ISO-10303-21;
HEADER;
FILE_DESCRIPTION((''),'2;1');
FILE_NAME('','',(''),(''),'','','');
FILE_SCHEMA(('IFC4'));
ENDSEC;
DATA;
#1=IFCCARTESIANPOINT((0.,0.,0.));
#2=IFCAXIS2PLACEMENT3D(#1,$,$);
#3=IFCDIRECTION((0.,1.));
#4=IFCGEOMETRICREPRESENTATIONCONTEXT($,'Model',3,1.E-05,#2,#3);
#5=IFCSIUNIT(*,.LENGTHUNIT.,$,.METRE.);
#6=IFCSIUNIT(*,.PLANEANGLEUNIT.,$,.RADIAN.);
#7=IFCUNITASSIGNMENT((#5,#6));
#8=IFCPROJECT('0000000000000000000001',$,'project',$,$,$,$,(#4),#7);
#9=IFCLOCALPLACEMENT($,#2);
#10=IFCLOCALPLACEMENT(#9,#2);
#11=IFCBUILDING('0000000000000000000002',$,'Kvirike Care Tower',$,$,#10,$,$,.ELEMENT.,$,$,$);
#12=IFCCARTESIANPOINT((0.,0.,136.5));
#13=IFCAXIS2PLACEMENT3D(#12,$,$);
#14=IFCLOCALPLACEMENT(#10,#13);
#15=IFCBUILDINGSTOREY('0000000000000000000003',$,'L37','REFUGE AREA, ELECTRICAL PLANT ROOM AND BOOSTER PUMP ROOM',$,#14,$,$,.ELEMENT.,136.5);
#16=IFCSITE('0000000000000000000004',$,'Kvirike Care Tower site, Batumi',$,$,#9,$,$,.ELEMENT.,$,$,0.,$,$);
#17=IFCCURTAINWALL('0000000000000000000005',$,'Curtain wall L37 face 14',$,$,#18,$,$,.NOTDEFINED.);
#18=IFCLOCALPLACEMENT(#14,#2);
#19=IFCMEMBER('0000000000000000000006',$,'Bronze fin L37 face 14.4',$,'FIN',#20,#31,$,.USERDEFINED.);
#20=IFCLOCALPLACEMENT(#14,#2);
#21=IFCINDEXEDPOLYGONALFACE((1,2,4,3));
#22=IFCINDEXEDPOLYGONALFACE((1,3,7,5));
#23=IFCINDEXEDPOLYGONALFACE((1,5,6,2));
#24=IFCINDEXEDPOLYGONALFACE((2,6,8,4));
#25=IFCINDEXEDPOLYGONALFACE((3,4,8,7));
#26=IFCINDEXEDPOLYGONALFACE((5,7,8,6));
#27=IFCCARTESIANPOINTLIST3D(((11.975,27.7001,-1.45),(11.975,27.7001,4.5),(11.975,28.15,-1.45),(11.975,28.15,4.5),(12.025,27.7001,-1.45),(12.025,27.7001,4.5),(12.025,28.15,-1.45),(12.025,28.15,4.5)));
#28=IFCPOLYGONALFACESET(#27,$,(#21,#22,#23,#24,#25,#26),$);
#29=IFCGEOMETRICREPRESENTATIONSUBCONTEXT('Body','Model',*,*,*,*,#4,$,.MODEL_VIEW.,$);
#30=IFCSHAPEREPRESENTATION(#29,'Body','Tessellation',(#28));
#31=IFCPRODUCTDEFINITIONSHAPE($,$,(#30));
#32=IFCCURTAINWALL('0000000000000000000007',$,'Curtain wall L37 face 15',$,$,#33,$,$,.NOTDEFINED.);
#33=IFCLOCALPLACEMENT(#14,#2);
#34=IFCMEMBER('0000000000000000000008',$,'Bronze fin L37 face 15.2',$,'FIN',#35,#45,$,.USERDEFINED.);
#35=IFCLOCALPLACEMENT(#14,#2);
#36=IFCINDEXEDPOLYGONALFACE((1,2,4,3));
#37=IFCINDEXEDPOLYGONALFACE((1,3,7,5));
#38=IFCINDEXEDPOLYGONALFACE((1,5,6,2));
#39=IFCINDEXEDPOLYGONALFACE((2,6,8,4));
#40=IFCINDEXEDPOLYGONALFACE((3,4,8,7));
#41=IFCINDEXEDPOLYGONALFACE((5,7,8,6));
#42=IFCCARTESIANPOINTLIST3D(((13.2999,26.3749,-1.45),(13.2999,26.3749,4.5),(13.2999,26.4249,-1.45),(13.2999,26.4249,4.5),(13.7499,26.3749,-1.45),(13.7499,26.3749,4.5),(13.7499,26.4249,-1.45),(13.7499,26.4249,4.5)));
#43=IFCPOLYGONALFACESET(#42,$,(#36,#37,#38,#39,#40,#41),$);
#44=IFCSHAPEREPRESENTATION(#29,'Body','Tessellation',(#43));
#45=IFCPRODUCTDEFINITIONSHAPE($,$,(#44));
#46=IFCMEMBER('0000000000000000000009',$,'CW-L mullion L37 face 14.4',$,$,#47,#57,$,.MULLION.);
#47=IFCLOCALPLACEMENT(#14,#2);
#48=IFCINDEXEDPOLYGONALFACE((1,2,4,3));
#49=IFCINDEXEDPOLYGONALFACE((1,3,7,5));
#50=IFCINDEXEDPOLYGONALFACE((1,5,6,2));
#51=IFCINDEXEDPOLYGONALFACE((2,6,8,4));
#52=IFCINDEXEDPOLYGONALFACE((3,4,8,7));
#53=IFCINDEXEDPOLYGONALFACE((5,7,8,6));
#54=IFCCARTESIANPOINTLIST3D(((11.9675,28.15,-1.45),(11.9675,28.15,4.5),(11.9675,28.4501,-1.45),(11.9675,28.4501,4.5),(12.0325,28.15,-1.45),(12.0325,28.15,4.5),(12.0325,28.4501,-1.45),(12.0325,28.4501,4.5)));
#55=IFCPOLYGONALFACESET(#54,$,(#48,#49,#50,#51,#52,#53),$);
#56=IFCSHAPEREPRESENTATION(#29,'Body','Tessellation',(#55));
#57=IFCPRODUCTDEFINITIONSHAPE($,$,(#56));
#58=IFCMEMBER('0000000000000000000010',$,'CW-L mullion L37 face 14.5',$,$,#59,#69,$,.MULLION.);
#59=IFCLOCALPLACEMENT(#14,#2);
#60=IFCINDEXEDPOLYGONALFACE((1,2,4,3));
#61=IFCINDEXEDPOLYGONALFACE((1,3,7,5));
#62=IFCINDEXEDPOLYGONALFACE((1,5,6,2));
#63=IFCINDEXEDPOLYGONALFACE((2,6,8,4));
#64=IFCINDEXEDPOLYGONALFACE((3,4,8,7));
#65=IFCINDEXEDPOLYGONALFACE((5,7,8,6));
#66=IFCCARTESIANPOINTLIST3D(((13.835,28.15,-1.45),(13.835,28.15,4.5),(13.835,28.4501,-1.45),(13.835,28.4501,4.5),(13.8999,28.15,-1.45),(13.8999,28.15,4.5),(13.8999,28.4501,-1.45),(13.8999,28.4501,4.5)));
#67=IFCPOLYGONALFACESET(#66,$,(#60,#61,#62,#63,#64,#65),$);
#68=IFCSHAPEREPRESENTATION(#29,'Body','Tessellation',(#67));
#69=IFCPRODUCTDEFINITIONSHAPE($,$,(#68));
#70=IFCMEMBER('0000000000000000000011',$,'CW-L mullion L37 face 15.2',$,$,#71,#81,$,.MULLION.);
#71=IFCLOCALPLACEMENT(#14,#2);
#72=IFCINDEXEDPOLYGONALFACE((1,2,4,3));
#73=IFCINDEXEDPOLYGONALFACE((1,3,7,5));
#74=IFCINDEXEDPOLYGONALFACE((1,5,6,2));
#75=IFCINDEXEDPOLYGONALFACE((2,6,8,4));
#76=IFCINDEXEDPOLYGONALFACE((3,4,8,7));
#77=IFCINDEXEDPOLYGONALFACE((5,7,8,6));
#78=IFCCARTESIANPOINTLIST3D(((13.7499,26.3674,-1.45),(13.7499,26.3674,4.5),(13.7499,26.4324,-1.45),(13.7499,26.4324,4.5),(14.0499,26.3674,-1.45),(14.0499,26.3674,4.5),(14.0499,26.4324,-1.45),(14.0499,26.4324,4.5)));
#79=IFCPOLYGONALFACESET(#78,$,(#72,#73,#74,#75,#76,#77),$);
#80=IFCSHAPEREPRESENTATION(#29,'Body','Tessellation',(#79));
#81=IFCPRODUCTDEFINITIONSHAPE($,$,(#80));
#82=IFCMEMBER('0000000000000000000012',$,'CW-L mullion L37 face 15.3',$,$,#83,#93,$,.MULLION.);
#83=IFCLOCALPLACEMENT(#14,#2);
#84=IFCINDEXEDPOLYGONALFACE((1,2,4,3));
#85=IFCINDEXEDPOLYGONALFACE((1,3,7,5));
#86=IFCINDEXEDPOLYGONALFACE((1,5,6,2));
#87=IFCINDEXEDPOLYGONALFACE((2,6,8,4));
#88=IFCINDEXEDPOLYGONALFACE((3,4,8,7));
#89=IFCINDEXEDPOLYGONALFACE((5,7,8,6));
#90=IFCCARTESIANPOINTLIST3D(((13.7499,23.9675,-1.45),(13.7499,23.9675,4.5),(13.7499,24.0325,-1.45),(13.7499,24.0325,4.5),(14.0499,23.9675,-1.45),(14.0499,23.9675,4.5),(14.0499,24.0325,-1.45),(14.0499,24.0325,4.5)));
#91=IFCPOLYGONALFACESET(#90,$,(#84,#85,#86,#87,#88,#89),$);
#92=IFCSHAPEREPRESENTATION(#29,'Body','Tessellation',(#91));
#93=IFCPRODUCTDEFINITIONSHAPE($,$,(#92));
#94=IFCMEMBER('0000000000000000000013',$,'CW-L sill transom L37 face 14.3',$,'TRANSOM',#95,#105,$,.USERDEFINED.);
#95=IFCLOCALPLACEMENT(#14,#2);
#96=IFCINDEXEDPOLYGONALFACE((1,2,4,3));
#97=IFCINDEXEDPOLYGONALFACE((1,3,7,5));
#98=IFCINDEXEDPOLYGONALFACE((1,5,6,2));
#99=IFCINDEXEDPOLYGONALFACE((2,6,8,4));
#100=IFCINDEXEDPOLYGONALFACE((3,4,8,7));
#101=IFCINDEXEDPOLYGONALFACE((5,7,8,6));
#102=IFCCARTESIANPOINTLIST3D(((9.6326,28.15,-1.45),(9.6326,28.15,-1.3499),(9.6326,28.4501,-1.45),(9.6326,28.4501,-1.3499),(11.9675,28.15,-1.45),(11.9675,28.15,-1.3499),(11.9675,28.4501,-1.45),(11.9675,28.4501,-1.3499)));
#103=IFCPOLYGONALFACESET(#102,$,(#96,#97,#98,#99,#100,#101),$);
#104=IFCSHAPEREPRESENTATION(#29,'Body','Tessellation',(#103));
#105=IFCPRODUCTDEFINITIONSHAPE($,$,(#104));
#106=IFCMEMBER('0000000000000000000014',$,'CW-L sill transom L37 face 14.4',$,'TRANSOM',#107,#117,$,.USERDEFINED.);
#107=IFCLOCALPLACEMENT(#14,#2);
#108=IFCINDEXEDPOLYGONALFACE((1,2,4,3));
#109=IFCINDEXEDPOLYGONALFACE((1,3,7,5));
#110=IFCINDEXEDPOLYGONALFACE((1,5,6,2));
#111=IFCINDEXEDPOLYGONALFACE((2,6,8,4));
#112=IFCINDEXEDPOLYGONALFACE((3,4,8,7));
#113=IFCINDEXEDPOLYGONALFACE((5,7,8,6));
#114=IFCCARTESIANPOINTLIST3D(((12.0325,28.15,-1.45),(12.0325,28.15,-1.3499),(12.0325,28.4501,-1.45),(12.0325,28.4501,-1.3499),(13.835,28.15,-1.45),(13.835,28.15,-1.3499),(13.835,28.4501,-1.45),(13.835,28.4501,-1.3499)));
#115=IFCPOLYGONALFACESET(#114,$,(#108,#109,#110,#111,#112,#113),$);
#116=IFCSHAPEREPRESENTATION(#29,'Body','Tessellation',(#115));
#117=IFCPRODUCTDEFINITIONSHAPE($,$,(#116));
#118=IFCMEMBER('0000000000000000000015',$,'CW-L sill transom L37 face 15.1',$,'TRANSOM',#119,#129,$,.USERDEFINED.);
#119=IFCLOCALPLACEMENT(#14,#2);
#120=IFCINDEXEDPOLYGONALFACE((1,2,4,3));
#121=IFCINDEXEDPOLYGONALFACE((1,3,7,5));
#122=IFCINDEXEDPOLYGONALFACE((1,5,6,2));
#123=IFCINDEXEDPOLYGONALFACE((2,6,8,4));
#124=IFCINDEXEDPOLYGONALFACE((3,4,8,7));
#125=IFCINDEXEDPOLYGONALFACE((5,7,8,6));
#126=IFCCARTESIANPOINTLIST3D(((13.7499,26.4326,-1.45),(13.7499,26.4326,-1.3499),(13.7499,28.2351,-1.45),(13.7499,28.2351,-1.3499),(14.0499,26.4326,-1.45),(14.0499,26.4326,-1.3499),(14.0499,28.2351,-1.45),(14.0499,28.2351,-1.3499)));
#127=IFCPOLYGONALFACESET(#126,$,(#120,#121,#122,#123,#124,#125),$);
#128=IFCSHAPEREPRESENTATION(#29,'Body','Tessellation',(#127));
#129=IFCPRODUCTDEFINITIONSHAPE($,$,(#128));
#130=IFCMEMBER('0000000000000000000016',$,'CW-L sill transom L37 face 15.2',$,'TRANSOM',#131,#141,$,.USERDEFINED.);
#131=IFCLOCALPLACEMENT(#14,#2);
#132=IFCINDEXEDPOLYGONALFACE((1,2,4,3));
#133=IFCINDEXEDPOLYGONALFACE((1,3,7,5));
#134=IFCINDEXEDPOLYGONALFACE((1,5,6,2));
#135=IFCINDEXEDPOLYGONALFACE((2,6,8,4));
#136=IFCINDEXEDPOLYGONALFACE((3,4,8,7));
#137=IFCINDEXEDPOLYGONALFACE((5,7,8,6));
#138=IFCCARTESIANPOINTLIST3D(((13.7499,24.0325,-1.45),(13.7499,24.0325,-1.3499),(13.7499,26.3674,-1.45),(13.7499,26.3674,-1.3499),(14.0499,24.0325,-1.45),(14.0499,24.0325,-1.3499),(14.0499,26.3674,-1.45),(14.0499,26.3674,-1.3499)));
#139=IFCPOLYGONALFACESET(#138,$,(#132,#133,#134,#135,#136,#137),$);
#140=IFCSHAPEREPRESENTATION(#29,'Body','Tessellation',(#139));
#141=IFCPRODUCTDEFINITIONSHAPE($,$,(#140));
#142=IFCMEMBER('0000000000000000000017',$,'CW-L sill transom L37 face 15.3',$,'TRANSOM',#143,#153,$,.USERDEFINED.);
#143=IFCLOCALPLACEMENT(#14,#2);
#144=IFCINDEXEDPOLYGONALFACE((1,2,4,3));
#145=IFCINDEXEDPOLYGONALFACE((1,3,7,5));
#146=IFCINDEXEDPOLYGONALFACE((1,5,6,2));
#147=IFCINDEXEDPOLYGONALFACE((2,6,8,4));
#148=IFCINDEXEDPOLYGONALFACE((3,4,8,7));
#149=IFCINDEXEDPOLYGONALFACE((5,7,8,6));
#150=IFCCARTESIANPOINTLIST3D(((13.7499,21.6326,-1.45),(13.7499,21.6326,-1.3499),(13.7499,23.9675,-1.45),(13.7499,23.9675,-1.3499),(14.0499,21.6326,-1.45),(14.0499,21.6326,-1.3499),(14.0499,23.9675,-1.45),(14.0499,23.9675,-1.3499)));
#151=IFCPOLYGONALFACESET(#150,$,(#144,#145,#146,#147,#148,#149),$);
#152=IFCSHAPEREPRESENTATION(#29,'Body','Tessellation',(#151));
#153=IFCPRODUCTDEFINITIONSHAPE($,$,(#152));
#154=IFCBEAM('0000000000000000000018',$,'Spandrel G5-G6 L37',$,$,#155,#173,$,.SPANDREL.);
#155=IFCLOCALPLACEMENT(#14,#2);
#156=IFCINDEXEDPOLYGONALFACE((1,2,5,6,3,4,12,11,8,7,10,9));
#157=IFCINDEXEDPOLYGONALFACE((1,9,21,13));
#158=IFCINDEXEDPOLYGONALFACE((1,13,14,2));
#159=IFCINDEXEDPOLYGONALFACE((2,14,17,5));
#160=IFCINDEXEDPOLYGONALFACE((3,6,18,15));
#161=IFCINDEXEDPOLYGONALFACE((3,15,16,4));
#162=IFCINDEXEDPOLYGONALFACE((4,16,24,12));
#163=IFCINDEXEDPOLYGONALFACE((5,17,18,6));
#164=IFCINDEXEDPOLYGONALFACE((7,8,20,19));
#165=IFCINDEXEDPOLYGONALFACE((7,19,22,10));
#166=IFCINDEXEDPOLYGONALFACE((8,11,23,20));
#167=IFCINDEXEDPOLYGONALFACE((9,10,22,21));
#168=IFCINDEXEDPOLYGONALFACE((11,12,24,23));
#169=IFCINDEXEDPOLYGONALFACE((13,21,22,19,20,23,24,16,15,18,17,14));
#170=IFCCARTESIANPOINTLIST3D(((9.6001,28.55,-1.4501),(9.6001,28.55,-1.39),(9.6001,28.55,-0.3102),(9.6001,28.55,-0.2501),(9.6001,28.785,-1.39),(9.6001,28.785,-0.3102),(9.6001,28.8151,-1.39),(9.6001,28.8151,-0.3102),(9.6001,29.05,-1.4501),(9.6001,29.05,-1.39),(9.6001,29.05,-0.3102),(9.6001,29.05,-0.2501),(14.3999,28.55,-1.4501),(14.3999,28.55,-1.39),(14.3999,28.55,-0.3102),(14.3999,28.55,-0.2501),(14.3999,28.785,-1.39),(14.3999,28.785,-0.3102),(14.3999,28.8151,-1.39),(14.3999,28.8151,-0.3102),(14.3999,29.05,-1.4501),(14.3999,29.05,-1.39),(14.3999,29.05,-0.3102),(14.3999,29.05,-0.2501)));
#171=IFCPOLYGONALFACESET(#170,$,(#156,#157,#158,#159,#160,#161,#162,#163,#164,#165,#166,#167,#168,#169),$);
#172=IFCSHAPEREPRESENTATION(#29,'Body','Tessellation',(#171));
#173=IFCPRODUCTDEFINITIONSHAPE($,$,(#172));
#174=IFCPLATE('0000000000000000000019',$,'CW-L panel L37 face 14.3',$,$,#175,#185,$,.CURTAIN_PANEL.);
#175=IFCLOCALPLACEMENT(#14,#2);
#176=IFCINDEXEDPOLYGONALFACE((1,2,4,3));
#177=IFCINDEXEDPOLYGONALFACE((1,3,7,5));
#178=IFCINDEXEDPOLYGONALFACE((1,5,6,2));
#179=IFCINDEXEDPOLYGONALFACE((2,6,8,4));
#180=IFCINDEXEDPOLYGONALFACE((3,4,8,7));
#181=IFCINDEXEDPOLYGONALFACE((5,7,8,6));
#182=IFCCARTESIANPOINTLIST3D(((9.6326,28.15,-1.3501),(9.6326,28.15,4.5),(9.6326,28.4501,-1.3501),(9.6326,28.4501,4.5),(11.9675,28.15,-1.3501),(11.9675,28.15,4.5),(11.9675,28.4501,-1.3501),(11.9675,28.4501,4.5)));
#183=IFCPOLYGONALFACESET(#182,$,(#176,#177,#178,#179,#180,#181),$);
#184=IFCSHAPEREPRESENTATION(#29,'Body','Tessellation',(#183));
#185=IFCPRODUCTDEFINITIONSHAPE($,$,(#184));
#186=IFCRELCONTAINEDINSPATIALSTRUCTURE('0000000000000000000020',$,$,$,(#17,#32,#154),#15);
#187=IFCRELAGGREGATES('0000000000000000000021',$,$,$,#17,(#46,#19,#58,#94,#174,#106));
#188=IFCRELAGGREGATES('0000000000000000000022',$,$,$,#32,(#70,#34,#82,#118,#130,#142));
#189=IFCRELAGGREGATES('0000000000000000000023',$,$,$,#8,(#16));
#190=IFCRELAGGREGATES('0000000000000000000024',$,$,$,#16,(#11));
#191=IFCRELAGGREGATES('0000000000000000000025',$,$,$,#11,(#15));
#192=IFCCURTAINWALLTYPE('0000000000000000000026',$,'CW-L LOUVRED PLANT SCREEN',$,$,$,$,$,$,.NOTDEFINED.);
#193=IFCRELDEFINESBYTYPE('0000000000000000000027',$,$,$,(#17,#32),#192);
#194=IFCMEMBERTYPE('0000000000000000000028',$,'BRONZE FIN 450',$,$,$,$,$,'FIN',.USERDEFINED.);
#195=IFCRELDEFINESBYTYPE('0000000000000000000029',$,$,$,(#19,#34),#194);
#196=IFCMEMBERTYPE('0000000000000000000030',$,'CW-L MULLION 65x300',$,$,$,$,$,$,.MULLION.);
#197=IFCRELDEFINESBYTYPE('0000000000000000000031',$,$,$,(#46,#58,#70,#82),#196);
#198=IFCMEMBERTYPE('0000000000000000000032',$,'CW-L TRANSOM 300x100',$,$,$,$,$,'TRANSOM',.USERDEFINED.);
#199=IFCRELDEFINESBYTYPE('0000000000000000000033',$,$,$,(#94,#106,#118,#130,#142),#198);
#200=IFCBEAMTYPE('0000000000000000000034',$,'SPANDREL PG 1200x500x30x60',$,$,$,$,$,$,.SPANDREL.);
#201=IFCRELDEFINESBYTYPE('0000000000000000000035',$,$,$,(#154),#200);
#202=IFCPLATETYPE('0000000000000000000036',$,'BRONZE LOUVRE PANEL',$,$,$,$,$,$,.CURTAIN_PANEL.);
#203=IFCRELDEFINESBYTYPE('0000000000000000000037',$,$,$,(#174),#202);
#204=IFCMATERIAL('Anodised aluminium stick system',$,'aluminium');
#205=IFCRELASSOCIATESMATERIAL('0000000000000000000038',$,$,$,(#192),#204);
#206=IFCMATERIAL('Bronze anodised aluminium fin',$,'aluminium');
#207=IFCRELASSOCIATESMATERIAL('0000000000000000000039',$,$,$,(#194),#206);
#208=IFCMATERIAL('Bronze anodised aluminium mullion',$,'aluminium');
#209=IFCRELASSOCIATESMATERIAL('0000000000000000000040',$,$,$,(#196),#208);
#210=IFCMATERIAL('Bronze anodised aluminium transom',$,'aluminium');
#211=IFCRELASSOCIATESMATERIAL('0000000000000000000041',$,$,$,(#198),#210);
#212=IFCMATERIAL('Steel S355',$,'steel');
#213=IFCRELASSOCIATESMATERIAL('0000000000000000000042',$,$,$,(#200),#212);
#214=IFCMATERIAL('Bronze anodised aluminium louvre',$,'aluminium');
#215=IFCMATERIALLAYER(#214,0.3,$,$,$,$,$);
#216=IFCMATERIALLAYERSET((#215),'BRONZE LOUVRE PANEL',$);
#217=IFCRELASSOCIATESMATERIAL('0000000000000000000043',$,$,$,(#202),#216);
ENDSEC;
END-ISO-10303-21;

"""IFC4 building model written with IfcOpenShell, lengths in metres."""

from ifc_helpers import new_model, si_unit, direction, frame, origin, origin_2d, place, context, subcontext, project, spatial, rectangle, i_section, extrude, material, layer, layer_set, material_profile, profile_set, type_object, element, aggregate, save


model = new_model("IFC4")

# Units and contexts
model_context = context("Model", 3, precision=1e-05, world=origin(), true_north=direction((0.0, 1.0)))
body_context = subcontext(model_context, "Body", "Model", "MODEL_VIEW")
ifc_project = project(units=[si_unit("LENGTHUNIT", "METRE"), si_unit("PLANEANGLEUNIT", "RADIAN")], contexts=[model_context])

# Site, building, storey
site_placement = place(None, origin())
site = spatial("IfcSite", under=ifc_project, at=site_placement, Name="Kvirike Care Tower site, Batumi", CompositionType="ELEMENT", RefElevation=0.0)
building_placement = place(site_placement, origin())
building = spatial("IfcBuilding", under=site, at=building_placement, Name="Kvirike Care Tower", CompositionType="ELEMENT")
storey_placement = place(building_placement, frame((0.0, 0.0, 136.5)))
storey = spatial("IfcBuildingStorey", under=building, at=storey_placement, Name="L37", Description="REFUGE AREA, ELECTRICAL PLANT ROOM AND BOOSTER PUMP ROOM", CompositionType="ELEMENT", Elevation=136.5)

# Curtain walls, members
ifc_material_1 = material(Name="Anodised aluminium stick system", Category="aluminium")
curtain_wall_type = type_object("IfcCurtainWallType", Name="CW-L LOUVRED PLANT SCREEN", PredefinedType="NOTDEFINED", material=ifc_material_1)
curtain_wall_1_placement = place(storey_placement, origin())
curtain_wall_1 = element("IfcCurtainWall", 1, at=curtain_wall_1_placement, inside=storey, type_object=curtain_wall_type, Name="Curtain wall L37 face 14", PredefinedType="NOTDEFINED")
ifc_material_2 = material(Name="Bronze anodised aluminium fin", Category="aluminium")
ifc_material_profile_1 = material_profile(ifc_material_2, rectangle(XDim=0.05, YDim=0.45, at=origin_2d()), Name="BRONZE FIN 450")
ifc_profile_set_1 = profile_set([ifc_material_profile_1], Name="Bronze anodised aluminium fin")
member_type_1 = type_object("IfcMemberType", Name="BRONZE FIN 450", ElementType="FIN", PredefinedType="USERDEFINED", material=ifc_profile_set_1)
member_1_placement = place(storey_placement, frame((12.0, 27.925, -1.45), z_axis=(0.0, 0.0, 1.0), x_axis=(1.0, 0.0, 0.0)))
member_1 = element("IfcMember", 2, at=member_1_placement, type_object=member_type_1, Name="Bronze fin L37 face 14.4", ObjectType="FIN", PredefinedType="USERDEFINED", context=body_context, shape_type="SweptSolid", body=[
    extrude(rectangle(XDim=0.05, YDim=0.45, at=origin_2d()), origin(), (0.0, 0.0, 1.0), 5.95),
])
curtain_wall_2_placement = place(storey_placement, origin())
curtain_wall_2 = element("IfcCurtainWall", 3, at=curtain_wall_2_placement, inside=storey, type_object=curtain_wall_type, Name="Curtain wall L37 face 15", PredefinedType="NOTDEFINED")
member_2_placement = place(storey_placement, frame((13.5249, 26.3999, -1.45), z_axis=(0.0, 0.0, 1.0), x_axis=(0.0, -1.0, 0.0)))
member_2 = element("IfcMember", 4, at=member_2_placement, type_object=member_type_1, Name="Bronze fin L37 face 15.2", ObjectType="FIN", PredefinedType="USERDEFINED", context=body_context, shape_type="SweptSolid", body=[
    extrude(rectangle(XDim=0.05, YDim=0.45, at=origin_2d()), origin(), (0.0, 0.0, 1.0), 5.95),
])

# Members
ifc_material_3 = material(Name="Bronze anodised aluminium mullion", Category="aluminium")
ifc_material_profile_2 = material_profile(ifc_material_3, rectangle(XDim=0.0649, YDim=0.3, at=origin_2d()), Name="CW-L MULLION 65x300")
ifc_profile_set_2 = profile_set([ifc_material_profile_2], Name="Bronze anodised aluminium mullion")
member_type_2 = type_object("IfcMemberType", Name="CW-L MULLION 65x300", PredefinedType="MULLION", material=ifc_profile_set_2)
member_3_placement = place(storey_placement, frame((12.0, 28.3, -1.45), z_axis=(0.0, 0.0, 1.0), x_axis=(1.0, 0.0, 0.0)))
member_3 = element("IfcMember", 5, at=member_3_placement, type_object=member_type_2, Name="CW-L mullion L37 face 14.4", PredefinedType="MULLION", context=body_context, shape_type="SweptSolid", body=[
    extrude(rectangle(XDim=0.0649, YDim=0.3, at=origin_2d()), origin(), (0.0, 0.0, 1.0), 5.95),
])
member_4_placement = place(storey_placement, frame((13.8674, 28.3, -1.45), z_axis=(0.0, 0.0, 1.0), x_axis=(1.0, 0.0, 0.0)))
member_4 = element("IfcMember", 6, at=member_4_placement, type_object=member_type_2, Name="CW-L mullion L37 face 14.5", PredefinedType="MULLION", context=body_context, shape_type="SweptSolid", body=[
    extrude(rectangle(XDim=0.0649, YDim=0.3, at=origin_2d()), origin(), (0.0, 0.0, 1.0), 5.95),
])
member_5_placement = place(storey_placement, frame((13.8999, 26.3999, -1.45), z_axis=(0.0, 0.0, 1.0), x_axis=(0.0, -1.0, 0.0)))
member_5 = element("IfcMember", 7, at=member_5_placement, type_object=member_type_2, Name="CW-L mullion L37 face 15.2", PredefinedType="MULLION", context=body_context, shape_type="SweptSolid", body=[
    extrude(rectangle(XDim=0.0649, YDim=0.3, at=origin_2d()), origin(), (0.0, 0.0, 1.0), 5.95),
])
member_6_placement = place(storey_placement, frame((13.8999, 24.0, -1.45), z_axis=(0.0, 0.0, 1.0), x_axis=(0.0, -1.0, 0.0)))
member_6 = element("IfcMember", 8, at=member_6_placement, type_object=member_type_2, Name="CW-L mullion L37 face 15.3", PredefinedType="MULLION", context=body_context, shape_type="SweptSolid", body=[
    extrude(rectangle(XDim=0.0649, YDim=0.3, at=origin_2d()), origin(), (0.0, 0.0, 1.0), 5.95),
])
ifc_material_4 = material(Name="Bronze anodised aluminium transom", Category="aluminium")
ifc_material_profile_3 = material_profile(ifc_material_4, rectangle(XDim=0.3, YDim=0.1001, at=origin_2d()), Name="CW-L TRANSOM 300x100")
ifc_profile_set_3 = profile_set([ifc_material_profile_3], Name="Bronze anodised aluminium transom")
member_type_3 = type_object("IfcMemberType", Name="CW-L TRANSOM 300x100", ElementType="TRANSOM", PredefinedType="USERDEFINED", material=ifc_profile_set_3)
member_7_placement = place(storey_placement, frame((9.6326, 28.3, -1.3999), z_axis=(1.0, 0.0, 0.0), x_axis=(0.0, 1.0, 0.0)))
member_7 = element("IfcMember", 9, at=member_7_placement, type_object=member_type_3, Name="CW-L sill transom L37 face 14.3", ObjectType="TRANSOM", PredefinedType="USERDEFINED", context=body_context, shape_type="SweptSolid", body=[
    extrude(rectangle(XDim=0.3, YDim=0.1001, at=origin_2d()), origin(), (0.0, 0.0, 1.0), 2.335),
])
member_8_placement = place(storey_placement, frame((12.0325, 28.3, -1.3999), z_axis=(1.0, 0.0, 0.0), x_axis=(0.0, 1.0, 0.0)))
member_8 = element("IfcMember", 10, at=member_8_placement, type_object=member_type_3, Name="CW-L sill transom L37 face 14.4", ObjectType="TRANSOM", PredefinedType="USERDEFINED", context=body_context, shape_type="SweptSolid", body=[
    extrude(rectangle(XDim=0.3, YDim=0.1001, at=origin_2d()), origin(), (0.0, 0.0, 1.0), 1.8025),
])
member_9_placement = place(storey_placement, frame((13.8999, 28.2351, -1.3999), z_axis=(0.0, -1.0, 0.0), x_axis=(1.0, 0.0, 0.0)))
member_9 = element("IfcMember", 11, at=member_9_placement, type_object=member_type_3, Name="CW-L sill transom L37 face 15.1", ObjectType="TRANSOM", PredefinedType="USERDEFINED", context=body_context, shape_type="SweptSolid", body=[
    extrude(rectangle(XDim=0.3, YDim=0.1001, at=origin_2d()), origin(), (0.0, 0.0, 1.0), 1.8025),
])
member_10_placement = place(storey_placement, frame((13.8999, 26.3674, -1.3999), z_axis=(0.0, -1.0, 0.0), x_axis=(1.0, 0.0, 0.0)))
member_10 = element("IfcMember", 12, at=member_10_placement, type_object=member_type_3, Name="CW-L sill transom L37 face 15.2", ObjectType="TRANSOM", PredefinedType="USERDEFINED", context=body_context, shape_type="SweptSolid", body=[
    extrude(rectangle(XDim=0.3, YDim=0.1001, at=origin_2d()), origin(), (0.0, 0.0, 1.0), 2.335),
])
member_11_placement = place(storey_placement, frame((13.8999, 23.9675, -1.3999), z_axis=(0.0, -1.0, 0.0), x_axis=(1.0, 0.0, 0.0)))
member_11 = element("IfcMember", 13, at=member_11_placement, type_object=member_type_3, Name="CW-L sill transom L37 face 15.3", ObjectType="TRANSOM", PredefinedType="USERDEFINED", context=body_context, shape_type="SweptSolid", body=[
    extrude(rectangle(XDim=0.3, YDim=0.1001, at=origin_2d()), origin(), (0.0, 0.0, 1.0), 2.335),
])

# Beam
ifc_material_5 = material(Name="Steel S355", Category="steel")
ifc_material_profile_4 = material_profile(ifc_material_5, i_section(OverallWidth=0.5, OverallDepth=1.2, WebThickness=0.03, FlangeThickness=0.0601, at=origin_2d()), Name="PG 1200x500x30x60")
ifc_profile_set_4 = profile_set([ifc_material_profile_4], Name="Steel S355")
beam_type = type_object("IfcBeamType", Name="SPANDREL PG 1200x500x30x60", PredefinedType="SPANDREL", material=ifc_profile_set_4)
beam_placement = place(storey_placement, frame((9.6001, 28.8, -0.8501), z_axis=(1.0, 0.0, 0.0), x_axis=(0.0, 1.0, 0.0)))
element("IfcBeam", 14, at=beam_placement, inside=storey, type_object=beam_type, Name="Spandrel G5-G6 L37", PredefinedType="SPANDREL", context=body_context, shape_type="SweptSolid", body=[
    extrude(i_section(OverallWidth=0.5, OverallDepth=1.2, WebThickness=0.03, FlangeThickness=0.0601, at=origin_2d()), origin(), (0.0, 0.0, 1.0), 4.7998),
])

# Plate
ifc_material_6 = material(Name="Bronze anodised aluminium louvre", Category="aluminium")
ifc_layer = layer(ifc_material_6, 0.3)
ifc_layer_set = layer_set([ifc_layer], Name="BRONZE LOUVRE PANEL")
plate_type = type_object("IfcPlateType", Name="BRONZE LOUVRE PANEL", PredefinedType="CURTAIN_PANEL", material=ifc_layer_set)
plate_1_placement = place(storey_placement, frame((10.8, 28.3, -1.3501), z_axis=(0.0, 0.0, 1.0), x_axis=(1.0, 0.0, 0.0)))
plate_1 = element("IfcPlate", 15, at=plate_1_placement, type_object=plate_type, Name="CW-L panel L37 face 14.3", PredefinedType="CURTAIN_PANEL", context=body_context, shape_type="SweptSolid", body=[
    extrude(rectangle(XDim=2.335, YDim=0.3, at=origin_2d()), origin(), (0.0, 0.0, 1.0), 5.8501),
])
aggregate(curtain_wall_1, [member_3, member_1, member_4, member_7, plate_1, member_8])
aggregate(curtain_wall_2, [member_5, member_2, member_6, member_9, member_10, member_11])

save(model, "model.ifc")
